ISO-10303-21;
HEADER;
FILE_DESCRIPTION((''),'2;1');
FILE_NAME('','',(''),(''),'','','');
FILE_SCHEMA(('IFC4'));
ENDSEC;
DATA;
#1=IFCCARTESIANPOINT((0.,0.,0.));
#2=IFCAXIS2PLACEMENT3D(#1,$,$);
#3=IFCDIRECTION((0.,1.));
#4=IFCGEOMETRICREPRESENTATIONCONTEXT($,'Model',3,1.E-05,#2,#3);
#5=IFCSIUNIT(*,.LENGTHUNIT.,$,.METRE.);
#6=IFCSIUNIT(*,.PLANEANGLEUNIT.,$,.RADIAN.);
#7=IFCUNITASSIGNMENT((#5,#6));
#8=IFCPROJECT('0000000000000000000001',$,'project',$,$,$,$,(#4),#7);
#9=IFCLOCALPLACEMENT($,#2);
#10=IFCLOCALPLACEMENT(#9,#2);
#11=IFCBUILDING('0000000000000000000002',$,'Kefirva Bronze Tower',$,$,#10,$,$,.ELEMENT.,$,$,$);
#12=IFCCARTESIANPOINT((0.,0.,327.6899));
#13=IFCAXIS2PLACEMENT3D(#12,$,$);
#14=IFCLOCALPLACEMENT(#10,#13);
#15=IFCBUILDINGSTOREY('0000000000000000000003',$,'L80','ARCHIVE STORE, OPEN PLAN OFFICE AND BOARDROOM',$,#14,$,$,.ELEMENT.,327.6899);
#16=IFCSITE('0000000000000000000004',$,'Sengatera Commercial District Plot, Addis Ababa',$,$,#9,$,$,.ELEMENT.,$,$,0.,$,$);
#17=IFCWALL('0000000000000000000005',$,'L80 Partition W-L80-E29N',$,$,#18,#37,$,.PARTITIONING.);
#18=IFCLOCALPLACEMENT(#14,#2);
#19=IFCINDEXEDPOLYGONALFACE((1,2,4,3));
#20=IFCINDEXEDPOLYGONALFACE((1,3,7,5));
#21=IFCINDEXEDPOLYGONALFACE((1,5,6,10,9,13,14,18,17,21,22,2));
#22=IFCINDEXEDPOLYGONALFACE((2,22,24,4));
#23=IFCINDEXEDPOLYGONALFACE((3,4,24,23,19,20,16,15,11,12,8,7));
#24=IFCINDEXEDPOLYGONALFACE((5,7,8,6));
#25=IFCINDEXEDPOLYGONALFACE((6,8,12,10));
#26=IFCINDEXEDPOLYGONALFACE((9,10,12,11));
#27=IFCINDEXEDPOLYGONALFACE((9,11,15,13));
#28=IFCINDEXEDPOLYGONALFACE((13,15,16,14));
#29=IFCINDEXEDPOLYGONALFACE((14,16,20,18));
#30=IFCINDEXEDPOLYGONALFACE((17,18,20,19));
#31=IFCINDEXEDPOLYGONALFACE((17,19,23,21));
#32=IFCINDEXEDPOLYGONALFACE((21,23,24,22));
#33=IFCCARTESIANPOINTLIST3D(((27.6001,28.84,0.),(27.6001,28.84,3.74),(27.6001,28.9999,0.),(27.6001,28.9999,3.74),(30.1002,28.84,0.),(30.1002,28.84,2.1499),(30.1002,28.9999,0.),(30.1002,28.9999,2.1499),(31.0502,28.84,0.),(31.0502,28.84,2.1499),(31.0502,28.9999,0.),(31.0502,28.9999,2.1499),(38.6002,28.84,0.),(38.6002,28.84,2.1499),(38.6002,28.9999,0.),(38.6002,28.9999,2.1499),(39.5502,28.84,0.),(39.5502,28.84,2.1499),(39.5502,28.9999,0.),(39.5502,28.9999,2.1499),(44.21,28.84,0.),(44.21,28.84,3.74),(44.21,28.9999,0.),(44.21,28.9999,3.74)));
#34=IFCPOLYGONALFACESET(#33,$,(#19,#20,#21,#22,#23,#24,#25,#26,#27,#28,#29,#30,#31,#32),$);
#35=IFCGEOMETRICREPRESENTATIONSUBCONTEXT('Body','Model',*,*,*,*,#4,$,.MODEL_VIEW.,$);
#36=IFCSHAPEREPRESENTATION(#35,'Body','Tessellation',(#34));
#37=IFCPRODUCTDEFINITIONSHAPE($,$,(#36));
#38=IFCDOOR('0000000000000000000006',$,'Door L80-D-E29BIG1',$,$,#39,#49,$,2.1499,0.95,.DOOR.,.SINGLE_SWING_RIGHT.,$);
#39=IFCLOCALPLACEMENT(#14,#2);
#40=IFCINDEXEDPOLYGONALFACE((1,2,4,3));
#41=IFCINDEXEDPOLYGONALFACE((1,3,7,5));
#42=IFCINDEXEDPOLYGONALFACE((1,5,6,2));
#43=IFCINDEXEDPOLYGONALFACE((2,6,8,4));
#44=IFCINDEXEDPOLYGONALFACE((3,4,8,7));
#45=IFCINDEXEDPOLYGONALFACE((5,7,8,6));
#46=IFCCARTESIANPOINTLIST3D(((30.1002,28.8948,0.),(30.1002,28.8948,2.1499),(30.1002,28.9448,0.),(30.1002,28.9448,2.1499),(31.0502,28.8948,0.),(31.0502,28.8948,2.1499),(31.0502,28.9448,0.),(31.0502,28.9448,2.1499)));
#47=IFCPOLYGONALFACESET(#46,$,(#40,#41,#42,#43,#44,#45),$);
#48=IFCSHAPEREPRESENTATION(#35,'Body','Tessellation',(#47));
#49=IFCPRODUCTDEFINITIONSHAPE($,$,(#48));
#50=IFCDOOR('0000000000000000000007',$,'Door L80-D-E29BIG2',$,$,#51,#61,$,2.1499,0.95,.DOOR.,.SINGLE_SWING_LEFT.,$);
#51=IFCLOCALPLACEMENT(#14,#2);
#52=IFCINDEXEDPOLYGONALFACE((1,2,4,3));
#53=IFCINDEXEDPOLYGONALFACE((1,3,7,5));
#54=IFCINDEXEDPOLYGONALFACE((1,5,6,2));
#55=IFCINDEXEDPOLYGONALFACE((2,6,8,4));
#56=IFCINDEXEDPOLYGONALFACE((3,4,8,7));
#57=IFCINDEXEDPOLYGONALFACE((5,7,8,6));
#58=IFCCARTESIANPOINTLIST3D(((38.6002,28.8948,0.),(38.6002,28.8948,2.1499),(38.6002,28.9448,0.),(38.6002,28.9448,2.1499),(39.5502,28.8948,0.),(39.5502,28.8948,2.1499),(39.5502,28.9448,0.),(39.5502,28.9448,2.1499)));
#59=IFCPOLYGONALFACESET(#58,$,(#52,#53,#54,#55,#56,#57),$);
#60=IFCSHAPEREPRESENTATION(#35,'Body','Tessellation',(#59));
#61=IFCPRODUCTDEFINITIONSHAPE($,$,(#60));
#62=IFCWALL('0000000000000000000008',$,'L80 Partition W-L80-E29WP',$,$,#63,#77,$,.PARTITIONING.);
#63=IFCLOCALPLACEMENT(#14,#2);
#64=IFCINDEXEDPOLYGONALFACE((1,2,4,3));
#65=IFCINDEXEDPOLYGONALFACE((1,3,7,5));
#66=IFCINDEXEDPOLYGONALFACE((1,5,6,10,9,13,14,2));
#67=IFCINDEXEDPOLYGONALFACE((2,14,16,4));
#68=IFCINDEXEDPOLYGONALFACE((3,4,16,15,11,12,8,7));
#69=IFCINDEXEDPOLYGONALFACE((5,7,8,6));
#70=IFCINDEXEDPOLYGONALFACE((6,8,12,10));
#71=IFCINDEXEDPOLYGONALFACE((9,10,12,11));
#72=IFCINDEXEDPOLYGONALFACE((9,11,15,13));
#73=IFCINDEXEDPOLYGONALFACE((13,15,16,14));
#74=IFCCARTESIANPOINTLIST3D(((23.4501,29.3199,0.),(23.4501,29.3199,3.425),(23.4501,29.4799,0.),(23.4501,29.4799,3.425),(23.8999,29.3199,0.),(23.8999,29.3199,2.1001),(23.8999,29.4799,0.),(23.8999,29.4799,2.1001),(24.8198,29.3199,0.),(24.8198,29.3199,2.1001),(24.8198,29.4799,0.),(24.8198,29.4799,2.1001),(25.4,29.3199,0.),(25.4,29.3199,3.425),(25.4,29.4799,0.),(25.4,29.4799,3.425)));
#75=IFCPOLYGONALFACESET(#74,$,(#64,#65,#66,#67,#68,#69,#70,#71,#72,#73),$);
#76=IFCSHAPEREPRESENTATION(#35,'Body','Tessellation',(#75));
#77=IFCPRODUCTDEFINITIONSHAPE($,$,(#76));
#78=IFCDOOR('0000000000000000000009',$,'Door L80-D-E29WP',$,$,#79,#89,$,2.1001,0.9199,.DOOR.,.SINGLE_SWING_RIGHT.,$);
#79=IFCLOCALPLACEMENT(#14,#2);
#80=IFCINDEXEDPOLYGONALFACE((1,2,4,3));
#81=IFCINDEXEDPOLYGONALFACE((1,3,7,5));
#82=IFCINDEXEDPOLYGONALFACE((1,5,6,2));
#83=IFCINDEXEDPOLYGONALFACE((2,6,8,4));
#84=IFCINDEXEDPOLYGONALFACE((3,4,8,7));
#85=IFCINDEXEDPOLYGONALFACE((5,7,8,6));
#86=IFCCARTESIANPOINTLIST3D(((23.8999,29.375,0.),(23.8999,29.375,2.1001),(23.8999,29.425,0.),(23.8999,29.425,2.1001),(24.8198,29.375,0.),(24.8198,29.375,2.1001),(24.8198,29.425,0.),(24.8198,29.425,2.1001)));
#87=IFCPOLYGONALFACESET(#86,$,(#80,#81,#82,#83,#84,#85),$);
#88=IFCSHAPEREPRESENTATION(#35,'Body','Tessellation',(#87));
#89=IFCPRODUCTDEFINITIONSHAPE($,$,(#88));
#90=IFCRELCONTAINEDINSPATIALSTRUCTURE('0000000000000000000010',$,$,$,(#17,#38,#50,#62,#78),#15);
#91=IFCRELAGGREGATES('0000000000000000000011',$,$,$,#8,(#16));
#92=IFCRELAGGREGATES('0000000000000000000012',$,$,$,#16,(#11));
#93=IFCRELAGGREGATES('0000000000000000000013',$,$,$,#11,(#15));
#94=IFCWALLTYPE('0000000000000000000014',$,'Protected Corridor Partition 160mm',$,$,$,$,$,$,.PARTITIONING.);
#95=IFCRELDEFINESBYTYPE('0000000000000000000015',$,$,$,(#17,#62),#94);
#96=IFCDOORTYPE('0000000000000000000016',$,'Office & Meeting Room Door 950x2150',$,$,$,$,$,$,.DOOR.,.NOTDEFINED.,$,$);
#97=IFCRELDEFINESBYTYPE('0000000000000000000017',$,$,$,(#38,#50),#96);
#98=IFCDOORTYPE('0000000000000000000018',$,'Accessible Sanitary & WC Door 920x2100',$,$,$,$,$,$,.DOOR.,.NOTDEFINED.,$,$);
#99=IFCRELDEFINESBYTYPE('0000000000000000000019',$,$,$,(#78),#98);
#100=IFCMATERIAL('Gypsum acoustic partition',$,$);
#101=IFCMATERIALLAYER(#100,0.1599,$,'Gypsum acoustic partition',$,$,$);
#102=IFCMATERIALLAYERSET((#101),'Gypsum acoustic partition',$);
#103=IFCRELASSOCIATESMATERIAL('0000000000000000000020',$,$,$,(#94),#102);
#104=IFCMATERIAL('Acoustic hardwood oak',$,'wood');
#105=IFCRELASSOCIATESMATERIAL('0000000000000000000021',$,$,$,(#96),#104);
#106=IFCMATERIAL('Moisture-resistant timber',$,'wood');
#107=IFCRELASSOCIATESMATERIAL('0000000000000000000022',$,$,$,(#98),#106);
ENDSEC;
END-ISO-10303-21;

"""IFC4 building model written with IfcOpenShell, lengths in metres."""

from ifc_helpers import new_model, si_unit, direction, frame, frame_2d, origin, place, context, subcontext, project, spatial, rectangle, extrude, material, layer, layer_set, type_object, element, fill, save


model = new_model("IFC4")

# Units and contexts
model_context = context("Model", 3, precision=1e-05, world=origin(), true_north=direction((0.0, 1.0)))
body_context = subcontext(model_context, "Body", "Model", "MODEL_VIEW")
ifc_project = project(units=[si_unit("LENGTHUNIT", "METRE"), si_unit("PLANEANGLEUNIT", "RADIAN")], contexts=[model_context])

# Site, building, storey
site_placement = place(None, origin())
site = spatial("IfcSite", under=ifc_project, at=site_placement, Name="Sengatera Commercial District Plot, Addis Ababa", CompositionType="ELEMENT", RefElevation=0.0)
building_placement = place(site_placement, origin())
building = spatial("IfcBuilding", under=site, at=building_placement, Name="Kefirva Bronze Tower", CompositionType="ELEMENT")
storey_placement = place(building_placement, frame((0.0, 0.0, 327.6899)))
storey = spatial("IfcBuildingStorey", under=building, at=storey_placement, Name="L80", Description="ARCHIVE STORE, OPEN PLAN OFFICE AND BOARDROOM", CompositionType="ELEMENT", Elevation=327.6899)

# Shared definitions
ifc_material_1 = material(Name="Gypsum acoustic partition")
ifc_layer = layer(ifc_material_1, 0.1599, Name="Gypsum acoustic partition")
ifc_layer_set = layer_set([ifc_layer], Name="Gypsum acoustic partition")
wall_type = type_object("IfcWallType", Name="Protected Corridor Partition 160mm", PredefinedType="PARTITIONING", material=ifc_layer_set)
ifc_material_2 = material(Name="Acoustic hardwood oak", Category="wood")
door_type_1 = type_object("IfcDoorType", Name="Office & Meeting Room Door 950x2150", OperationType="NOTDEFINED", PredefinedType="DOOR", material=ifc_material_2)

# Wall, openings, doors
wall_1_placement = place(storey_placement, frame((27.6001, 28.9199, 0.0), z_axis=(0.0, 0.0, 1.0), x_axis=(1.0, 0.0, 0.0)))
wall_1 = element("IfcWall", 1, at=wall_1_placement, inside=storey, type_object=wall_type, Name="L80 Partition W-L80-E29N", PredefinedType="PARTITIONING", context=body_context, shape_type="SweptSolid", body=[
    extrude(rectangle(XDim=16.6099, YDim=0.1599, at=frame_2d((8.3049, 0.0))), origin(), (0.0, 0.0, 1.0), 3.74),
])
opening_1_placement = place(wall_1_placement, frame((2.5, 0.0, 0.0)))
opening_1 = element("IfcOpeningElement", 2, at=opening_1_placement, cuts=wall_1, PredefinedType="OPENING", context=body_context, shape_type="SweptSolid", body=[
    extrude(rectangle(XDim=0.95, YDim=2.1499, at=frame_2d((0.4751, 1.075))), frame((0.0, 0.0898, 0.0), z_axis=(0.0, -1.0, 0.0), x_axis=(1.0, 0.0, 0.0)), (0.0, 0.0, 1.0), 0.1799),
])
opening_2_placement = place(wall_1_placement, frame((11.0, 0.0, 0.0)))
opening_2 = element("IfcOpeningElement", 3, at=opening_2_placement, cuts=wall_1, PredefinedType="OPENING", context=body_context, shape_type="SweptSolid", body=[
    extrude(rectangle(XDim=0.95, YDim=2.1499, at=frame_2d((0.4751, 1.075))), frame((0.0, 0.0898, 0.0), z_axis=(0.0, -1.0, 0.0), x_axis=(1.0, 0.0, 0.0)), (0.0, 0.0, 1.0), 0.1799),
])
door_1_placement = place(opening_1_placement, origin())
door_1 = element("IfcDoor", 4, at=door_1_placement, inside=storey, type_object=door_type_1, Name="Door L80-D-E29BIG1", OperationType="SINGLE_SWING_RIGHT", OverallHeight=2.1499, OverallWidth=0.95, PredefinedType="DOOR", context=body_context, shape_type="SweptSolid", body=[
    extrude(rectangle(XDim=0.95, YDim=2.1499, at=frame_2d((0.4751, 1.075))), frame((0.0, 0.0249, 0.0), z_axis=(0.0, -1.0, 0.0), x_axis=(1.0, 0.0, 0.0)), (0.0, 0.0, 1.0), 0.05),
])
fill(opening_1, door_1)
door_2_placement = place(opening_2_placement, origin())
door_2 = element("IfcDoor", 5, at=door_2_placement, inside=storey, type_object=door_type_1, Name="Door L80-D-E29BIG2", OperationType="SINGLE_SWING_LEFT", OverallHeight=2.1499, OverallWidth=0.95, PredefinedType="DOOR", context=body_context, shape_type="SweptSolid", body=[
    extrude(rectangle(XDim=0.95, YDim=2.1499, at=frame_2d((0.4751, 1.075))), frame((0.0, 0.0249, 0.0), z_axis=(0.0, -1.0, 0.0), x_axis=(1.0, 0.0, 0.0)), (0.0, 0.0, 1.0), 0.05),
])
fill(opening_2, door_2)

# Wall, opening, door
wall_2_placement = place(storey_placement, frame((23.45, 29.3999, 0.0), z_axis=(0.0, 0.0, 1.0), x_axis=(1.0, 0.0, 0.0)))
wall_2 = element("IfcWall", 6, at=wall_2_placement, inside=storey, type_object=wall_type, Name="L80 Partition W-L80-E29WP", PredefinedType="PARTITIONING", context=body_context, shape_type="SweptSolid", body=[
    extrude(rectangle(XDim=1.95, YDim=0.1599, at=frame_2d((0.9751, 0.0))), origin(), (0.0, 0.0, 1.0), 3.425),
])
opening_3_placement = place(wall_2_placement, frame((1.3699, 0.0, 0.0), z_axis=(0.0, 0.0, 1.0), x_axis=(-1.0, 0.0, 0.0)))
opening_3 = element("IfcOpeningElement", 7, at=opening_3_placement, cuts=wall_2, PredefinedType="OPENING", context=body_context, shape_type="SweptSolid", body=[
    extrude(rectangle(XDim=0.9199, YDim=2.1001, at=frame_2d((0.46, 1.05))), frame((0.0, 0.0898, 0.0), z_axis=(0.0, -1.0, 0.0), x_axis=(1.0, 0.0, 0.0)), (0.0, 0.0, 1.0), 0.1799),
])
ifc_material_3 = material(Name="Moisture-resistant timber", Category="wood")
door_type_2 = type_object("IfcDoorType", Name="Accessible Sanitary & WC Door 920x2100", OperationType="NOTDEFINED", PredefinedType="DOOR", material=ifc_material_3)
door_3_placement = place(opening_3_placement, origin())
door_3 = element("IfcDoor", 8, at=door_3_placement, inside=storey, type_object=door_type_2, Name="Door L80-D-E29WP", OperationType="SINGLE_SWING_RIGHT", OverallHeight=2.1001, OverallWidth=0.9199, PredefinedType="DOOR", context=body_context, shape_type="SweptSolid", body=[
    extrude(rectangle(XDim=0.9199, YDim=2.1001, at=frame_2d((0.46, 1.05))), frame((0.0, 0.0249, 0.0), z_axis=(0.0, -1.0, 0.0), x_axis=(1.0, 0.0, 0.0)), (0.0, 0.0, 1.0), 0.05),
])
fill(opening_3, door_3)

save(model, "model.ifc")
